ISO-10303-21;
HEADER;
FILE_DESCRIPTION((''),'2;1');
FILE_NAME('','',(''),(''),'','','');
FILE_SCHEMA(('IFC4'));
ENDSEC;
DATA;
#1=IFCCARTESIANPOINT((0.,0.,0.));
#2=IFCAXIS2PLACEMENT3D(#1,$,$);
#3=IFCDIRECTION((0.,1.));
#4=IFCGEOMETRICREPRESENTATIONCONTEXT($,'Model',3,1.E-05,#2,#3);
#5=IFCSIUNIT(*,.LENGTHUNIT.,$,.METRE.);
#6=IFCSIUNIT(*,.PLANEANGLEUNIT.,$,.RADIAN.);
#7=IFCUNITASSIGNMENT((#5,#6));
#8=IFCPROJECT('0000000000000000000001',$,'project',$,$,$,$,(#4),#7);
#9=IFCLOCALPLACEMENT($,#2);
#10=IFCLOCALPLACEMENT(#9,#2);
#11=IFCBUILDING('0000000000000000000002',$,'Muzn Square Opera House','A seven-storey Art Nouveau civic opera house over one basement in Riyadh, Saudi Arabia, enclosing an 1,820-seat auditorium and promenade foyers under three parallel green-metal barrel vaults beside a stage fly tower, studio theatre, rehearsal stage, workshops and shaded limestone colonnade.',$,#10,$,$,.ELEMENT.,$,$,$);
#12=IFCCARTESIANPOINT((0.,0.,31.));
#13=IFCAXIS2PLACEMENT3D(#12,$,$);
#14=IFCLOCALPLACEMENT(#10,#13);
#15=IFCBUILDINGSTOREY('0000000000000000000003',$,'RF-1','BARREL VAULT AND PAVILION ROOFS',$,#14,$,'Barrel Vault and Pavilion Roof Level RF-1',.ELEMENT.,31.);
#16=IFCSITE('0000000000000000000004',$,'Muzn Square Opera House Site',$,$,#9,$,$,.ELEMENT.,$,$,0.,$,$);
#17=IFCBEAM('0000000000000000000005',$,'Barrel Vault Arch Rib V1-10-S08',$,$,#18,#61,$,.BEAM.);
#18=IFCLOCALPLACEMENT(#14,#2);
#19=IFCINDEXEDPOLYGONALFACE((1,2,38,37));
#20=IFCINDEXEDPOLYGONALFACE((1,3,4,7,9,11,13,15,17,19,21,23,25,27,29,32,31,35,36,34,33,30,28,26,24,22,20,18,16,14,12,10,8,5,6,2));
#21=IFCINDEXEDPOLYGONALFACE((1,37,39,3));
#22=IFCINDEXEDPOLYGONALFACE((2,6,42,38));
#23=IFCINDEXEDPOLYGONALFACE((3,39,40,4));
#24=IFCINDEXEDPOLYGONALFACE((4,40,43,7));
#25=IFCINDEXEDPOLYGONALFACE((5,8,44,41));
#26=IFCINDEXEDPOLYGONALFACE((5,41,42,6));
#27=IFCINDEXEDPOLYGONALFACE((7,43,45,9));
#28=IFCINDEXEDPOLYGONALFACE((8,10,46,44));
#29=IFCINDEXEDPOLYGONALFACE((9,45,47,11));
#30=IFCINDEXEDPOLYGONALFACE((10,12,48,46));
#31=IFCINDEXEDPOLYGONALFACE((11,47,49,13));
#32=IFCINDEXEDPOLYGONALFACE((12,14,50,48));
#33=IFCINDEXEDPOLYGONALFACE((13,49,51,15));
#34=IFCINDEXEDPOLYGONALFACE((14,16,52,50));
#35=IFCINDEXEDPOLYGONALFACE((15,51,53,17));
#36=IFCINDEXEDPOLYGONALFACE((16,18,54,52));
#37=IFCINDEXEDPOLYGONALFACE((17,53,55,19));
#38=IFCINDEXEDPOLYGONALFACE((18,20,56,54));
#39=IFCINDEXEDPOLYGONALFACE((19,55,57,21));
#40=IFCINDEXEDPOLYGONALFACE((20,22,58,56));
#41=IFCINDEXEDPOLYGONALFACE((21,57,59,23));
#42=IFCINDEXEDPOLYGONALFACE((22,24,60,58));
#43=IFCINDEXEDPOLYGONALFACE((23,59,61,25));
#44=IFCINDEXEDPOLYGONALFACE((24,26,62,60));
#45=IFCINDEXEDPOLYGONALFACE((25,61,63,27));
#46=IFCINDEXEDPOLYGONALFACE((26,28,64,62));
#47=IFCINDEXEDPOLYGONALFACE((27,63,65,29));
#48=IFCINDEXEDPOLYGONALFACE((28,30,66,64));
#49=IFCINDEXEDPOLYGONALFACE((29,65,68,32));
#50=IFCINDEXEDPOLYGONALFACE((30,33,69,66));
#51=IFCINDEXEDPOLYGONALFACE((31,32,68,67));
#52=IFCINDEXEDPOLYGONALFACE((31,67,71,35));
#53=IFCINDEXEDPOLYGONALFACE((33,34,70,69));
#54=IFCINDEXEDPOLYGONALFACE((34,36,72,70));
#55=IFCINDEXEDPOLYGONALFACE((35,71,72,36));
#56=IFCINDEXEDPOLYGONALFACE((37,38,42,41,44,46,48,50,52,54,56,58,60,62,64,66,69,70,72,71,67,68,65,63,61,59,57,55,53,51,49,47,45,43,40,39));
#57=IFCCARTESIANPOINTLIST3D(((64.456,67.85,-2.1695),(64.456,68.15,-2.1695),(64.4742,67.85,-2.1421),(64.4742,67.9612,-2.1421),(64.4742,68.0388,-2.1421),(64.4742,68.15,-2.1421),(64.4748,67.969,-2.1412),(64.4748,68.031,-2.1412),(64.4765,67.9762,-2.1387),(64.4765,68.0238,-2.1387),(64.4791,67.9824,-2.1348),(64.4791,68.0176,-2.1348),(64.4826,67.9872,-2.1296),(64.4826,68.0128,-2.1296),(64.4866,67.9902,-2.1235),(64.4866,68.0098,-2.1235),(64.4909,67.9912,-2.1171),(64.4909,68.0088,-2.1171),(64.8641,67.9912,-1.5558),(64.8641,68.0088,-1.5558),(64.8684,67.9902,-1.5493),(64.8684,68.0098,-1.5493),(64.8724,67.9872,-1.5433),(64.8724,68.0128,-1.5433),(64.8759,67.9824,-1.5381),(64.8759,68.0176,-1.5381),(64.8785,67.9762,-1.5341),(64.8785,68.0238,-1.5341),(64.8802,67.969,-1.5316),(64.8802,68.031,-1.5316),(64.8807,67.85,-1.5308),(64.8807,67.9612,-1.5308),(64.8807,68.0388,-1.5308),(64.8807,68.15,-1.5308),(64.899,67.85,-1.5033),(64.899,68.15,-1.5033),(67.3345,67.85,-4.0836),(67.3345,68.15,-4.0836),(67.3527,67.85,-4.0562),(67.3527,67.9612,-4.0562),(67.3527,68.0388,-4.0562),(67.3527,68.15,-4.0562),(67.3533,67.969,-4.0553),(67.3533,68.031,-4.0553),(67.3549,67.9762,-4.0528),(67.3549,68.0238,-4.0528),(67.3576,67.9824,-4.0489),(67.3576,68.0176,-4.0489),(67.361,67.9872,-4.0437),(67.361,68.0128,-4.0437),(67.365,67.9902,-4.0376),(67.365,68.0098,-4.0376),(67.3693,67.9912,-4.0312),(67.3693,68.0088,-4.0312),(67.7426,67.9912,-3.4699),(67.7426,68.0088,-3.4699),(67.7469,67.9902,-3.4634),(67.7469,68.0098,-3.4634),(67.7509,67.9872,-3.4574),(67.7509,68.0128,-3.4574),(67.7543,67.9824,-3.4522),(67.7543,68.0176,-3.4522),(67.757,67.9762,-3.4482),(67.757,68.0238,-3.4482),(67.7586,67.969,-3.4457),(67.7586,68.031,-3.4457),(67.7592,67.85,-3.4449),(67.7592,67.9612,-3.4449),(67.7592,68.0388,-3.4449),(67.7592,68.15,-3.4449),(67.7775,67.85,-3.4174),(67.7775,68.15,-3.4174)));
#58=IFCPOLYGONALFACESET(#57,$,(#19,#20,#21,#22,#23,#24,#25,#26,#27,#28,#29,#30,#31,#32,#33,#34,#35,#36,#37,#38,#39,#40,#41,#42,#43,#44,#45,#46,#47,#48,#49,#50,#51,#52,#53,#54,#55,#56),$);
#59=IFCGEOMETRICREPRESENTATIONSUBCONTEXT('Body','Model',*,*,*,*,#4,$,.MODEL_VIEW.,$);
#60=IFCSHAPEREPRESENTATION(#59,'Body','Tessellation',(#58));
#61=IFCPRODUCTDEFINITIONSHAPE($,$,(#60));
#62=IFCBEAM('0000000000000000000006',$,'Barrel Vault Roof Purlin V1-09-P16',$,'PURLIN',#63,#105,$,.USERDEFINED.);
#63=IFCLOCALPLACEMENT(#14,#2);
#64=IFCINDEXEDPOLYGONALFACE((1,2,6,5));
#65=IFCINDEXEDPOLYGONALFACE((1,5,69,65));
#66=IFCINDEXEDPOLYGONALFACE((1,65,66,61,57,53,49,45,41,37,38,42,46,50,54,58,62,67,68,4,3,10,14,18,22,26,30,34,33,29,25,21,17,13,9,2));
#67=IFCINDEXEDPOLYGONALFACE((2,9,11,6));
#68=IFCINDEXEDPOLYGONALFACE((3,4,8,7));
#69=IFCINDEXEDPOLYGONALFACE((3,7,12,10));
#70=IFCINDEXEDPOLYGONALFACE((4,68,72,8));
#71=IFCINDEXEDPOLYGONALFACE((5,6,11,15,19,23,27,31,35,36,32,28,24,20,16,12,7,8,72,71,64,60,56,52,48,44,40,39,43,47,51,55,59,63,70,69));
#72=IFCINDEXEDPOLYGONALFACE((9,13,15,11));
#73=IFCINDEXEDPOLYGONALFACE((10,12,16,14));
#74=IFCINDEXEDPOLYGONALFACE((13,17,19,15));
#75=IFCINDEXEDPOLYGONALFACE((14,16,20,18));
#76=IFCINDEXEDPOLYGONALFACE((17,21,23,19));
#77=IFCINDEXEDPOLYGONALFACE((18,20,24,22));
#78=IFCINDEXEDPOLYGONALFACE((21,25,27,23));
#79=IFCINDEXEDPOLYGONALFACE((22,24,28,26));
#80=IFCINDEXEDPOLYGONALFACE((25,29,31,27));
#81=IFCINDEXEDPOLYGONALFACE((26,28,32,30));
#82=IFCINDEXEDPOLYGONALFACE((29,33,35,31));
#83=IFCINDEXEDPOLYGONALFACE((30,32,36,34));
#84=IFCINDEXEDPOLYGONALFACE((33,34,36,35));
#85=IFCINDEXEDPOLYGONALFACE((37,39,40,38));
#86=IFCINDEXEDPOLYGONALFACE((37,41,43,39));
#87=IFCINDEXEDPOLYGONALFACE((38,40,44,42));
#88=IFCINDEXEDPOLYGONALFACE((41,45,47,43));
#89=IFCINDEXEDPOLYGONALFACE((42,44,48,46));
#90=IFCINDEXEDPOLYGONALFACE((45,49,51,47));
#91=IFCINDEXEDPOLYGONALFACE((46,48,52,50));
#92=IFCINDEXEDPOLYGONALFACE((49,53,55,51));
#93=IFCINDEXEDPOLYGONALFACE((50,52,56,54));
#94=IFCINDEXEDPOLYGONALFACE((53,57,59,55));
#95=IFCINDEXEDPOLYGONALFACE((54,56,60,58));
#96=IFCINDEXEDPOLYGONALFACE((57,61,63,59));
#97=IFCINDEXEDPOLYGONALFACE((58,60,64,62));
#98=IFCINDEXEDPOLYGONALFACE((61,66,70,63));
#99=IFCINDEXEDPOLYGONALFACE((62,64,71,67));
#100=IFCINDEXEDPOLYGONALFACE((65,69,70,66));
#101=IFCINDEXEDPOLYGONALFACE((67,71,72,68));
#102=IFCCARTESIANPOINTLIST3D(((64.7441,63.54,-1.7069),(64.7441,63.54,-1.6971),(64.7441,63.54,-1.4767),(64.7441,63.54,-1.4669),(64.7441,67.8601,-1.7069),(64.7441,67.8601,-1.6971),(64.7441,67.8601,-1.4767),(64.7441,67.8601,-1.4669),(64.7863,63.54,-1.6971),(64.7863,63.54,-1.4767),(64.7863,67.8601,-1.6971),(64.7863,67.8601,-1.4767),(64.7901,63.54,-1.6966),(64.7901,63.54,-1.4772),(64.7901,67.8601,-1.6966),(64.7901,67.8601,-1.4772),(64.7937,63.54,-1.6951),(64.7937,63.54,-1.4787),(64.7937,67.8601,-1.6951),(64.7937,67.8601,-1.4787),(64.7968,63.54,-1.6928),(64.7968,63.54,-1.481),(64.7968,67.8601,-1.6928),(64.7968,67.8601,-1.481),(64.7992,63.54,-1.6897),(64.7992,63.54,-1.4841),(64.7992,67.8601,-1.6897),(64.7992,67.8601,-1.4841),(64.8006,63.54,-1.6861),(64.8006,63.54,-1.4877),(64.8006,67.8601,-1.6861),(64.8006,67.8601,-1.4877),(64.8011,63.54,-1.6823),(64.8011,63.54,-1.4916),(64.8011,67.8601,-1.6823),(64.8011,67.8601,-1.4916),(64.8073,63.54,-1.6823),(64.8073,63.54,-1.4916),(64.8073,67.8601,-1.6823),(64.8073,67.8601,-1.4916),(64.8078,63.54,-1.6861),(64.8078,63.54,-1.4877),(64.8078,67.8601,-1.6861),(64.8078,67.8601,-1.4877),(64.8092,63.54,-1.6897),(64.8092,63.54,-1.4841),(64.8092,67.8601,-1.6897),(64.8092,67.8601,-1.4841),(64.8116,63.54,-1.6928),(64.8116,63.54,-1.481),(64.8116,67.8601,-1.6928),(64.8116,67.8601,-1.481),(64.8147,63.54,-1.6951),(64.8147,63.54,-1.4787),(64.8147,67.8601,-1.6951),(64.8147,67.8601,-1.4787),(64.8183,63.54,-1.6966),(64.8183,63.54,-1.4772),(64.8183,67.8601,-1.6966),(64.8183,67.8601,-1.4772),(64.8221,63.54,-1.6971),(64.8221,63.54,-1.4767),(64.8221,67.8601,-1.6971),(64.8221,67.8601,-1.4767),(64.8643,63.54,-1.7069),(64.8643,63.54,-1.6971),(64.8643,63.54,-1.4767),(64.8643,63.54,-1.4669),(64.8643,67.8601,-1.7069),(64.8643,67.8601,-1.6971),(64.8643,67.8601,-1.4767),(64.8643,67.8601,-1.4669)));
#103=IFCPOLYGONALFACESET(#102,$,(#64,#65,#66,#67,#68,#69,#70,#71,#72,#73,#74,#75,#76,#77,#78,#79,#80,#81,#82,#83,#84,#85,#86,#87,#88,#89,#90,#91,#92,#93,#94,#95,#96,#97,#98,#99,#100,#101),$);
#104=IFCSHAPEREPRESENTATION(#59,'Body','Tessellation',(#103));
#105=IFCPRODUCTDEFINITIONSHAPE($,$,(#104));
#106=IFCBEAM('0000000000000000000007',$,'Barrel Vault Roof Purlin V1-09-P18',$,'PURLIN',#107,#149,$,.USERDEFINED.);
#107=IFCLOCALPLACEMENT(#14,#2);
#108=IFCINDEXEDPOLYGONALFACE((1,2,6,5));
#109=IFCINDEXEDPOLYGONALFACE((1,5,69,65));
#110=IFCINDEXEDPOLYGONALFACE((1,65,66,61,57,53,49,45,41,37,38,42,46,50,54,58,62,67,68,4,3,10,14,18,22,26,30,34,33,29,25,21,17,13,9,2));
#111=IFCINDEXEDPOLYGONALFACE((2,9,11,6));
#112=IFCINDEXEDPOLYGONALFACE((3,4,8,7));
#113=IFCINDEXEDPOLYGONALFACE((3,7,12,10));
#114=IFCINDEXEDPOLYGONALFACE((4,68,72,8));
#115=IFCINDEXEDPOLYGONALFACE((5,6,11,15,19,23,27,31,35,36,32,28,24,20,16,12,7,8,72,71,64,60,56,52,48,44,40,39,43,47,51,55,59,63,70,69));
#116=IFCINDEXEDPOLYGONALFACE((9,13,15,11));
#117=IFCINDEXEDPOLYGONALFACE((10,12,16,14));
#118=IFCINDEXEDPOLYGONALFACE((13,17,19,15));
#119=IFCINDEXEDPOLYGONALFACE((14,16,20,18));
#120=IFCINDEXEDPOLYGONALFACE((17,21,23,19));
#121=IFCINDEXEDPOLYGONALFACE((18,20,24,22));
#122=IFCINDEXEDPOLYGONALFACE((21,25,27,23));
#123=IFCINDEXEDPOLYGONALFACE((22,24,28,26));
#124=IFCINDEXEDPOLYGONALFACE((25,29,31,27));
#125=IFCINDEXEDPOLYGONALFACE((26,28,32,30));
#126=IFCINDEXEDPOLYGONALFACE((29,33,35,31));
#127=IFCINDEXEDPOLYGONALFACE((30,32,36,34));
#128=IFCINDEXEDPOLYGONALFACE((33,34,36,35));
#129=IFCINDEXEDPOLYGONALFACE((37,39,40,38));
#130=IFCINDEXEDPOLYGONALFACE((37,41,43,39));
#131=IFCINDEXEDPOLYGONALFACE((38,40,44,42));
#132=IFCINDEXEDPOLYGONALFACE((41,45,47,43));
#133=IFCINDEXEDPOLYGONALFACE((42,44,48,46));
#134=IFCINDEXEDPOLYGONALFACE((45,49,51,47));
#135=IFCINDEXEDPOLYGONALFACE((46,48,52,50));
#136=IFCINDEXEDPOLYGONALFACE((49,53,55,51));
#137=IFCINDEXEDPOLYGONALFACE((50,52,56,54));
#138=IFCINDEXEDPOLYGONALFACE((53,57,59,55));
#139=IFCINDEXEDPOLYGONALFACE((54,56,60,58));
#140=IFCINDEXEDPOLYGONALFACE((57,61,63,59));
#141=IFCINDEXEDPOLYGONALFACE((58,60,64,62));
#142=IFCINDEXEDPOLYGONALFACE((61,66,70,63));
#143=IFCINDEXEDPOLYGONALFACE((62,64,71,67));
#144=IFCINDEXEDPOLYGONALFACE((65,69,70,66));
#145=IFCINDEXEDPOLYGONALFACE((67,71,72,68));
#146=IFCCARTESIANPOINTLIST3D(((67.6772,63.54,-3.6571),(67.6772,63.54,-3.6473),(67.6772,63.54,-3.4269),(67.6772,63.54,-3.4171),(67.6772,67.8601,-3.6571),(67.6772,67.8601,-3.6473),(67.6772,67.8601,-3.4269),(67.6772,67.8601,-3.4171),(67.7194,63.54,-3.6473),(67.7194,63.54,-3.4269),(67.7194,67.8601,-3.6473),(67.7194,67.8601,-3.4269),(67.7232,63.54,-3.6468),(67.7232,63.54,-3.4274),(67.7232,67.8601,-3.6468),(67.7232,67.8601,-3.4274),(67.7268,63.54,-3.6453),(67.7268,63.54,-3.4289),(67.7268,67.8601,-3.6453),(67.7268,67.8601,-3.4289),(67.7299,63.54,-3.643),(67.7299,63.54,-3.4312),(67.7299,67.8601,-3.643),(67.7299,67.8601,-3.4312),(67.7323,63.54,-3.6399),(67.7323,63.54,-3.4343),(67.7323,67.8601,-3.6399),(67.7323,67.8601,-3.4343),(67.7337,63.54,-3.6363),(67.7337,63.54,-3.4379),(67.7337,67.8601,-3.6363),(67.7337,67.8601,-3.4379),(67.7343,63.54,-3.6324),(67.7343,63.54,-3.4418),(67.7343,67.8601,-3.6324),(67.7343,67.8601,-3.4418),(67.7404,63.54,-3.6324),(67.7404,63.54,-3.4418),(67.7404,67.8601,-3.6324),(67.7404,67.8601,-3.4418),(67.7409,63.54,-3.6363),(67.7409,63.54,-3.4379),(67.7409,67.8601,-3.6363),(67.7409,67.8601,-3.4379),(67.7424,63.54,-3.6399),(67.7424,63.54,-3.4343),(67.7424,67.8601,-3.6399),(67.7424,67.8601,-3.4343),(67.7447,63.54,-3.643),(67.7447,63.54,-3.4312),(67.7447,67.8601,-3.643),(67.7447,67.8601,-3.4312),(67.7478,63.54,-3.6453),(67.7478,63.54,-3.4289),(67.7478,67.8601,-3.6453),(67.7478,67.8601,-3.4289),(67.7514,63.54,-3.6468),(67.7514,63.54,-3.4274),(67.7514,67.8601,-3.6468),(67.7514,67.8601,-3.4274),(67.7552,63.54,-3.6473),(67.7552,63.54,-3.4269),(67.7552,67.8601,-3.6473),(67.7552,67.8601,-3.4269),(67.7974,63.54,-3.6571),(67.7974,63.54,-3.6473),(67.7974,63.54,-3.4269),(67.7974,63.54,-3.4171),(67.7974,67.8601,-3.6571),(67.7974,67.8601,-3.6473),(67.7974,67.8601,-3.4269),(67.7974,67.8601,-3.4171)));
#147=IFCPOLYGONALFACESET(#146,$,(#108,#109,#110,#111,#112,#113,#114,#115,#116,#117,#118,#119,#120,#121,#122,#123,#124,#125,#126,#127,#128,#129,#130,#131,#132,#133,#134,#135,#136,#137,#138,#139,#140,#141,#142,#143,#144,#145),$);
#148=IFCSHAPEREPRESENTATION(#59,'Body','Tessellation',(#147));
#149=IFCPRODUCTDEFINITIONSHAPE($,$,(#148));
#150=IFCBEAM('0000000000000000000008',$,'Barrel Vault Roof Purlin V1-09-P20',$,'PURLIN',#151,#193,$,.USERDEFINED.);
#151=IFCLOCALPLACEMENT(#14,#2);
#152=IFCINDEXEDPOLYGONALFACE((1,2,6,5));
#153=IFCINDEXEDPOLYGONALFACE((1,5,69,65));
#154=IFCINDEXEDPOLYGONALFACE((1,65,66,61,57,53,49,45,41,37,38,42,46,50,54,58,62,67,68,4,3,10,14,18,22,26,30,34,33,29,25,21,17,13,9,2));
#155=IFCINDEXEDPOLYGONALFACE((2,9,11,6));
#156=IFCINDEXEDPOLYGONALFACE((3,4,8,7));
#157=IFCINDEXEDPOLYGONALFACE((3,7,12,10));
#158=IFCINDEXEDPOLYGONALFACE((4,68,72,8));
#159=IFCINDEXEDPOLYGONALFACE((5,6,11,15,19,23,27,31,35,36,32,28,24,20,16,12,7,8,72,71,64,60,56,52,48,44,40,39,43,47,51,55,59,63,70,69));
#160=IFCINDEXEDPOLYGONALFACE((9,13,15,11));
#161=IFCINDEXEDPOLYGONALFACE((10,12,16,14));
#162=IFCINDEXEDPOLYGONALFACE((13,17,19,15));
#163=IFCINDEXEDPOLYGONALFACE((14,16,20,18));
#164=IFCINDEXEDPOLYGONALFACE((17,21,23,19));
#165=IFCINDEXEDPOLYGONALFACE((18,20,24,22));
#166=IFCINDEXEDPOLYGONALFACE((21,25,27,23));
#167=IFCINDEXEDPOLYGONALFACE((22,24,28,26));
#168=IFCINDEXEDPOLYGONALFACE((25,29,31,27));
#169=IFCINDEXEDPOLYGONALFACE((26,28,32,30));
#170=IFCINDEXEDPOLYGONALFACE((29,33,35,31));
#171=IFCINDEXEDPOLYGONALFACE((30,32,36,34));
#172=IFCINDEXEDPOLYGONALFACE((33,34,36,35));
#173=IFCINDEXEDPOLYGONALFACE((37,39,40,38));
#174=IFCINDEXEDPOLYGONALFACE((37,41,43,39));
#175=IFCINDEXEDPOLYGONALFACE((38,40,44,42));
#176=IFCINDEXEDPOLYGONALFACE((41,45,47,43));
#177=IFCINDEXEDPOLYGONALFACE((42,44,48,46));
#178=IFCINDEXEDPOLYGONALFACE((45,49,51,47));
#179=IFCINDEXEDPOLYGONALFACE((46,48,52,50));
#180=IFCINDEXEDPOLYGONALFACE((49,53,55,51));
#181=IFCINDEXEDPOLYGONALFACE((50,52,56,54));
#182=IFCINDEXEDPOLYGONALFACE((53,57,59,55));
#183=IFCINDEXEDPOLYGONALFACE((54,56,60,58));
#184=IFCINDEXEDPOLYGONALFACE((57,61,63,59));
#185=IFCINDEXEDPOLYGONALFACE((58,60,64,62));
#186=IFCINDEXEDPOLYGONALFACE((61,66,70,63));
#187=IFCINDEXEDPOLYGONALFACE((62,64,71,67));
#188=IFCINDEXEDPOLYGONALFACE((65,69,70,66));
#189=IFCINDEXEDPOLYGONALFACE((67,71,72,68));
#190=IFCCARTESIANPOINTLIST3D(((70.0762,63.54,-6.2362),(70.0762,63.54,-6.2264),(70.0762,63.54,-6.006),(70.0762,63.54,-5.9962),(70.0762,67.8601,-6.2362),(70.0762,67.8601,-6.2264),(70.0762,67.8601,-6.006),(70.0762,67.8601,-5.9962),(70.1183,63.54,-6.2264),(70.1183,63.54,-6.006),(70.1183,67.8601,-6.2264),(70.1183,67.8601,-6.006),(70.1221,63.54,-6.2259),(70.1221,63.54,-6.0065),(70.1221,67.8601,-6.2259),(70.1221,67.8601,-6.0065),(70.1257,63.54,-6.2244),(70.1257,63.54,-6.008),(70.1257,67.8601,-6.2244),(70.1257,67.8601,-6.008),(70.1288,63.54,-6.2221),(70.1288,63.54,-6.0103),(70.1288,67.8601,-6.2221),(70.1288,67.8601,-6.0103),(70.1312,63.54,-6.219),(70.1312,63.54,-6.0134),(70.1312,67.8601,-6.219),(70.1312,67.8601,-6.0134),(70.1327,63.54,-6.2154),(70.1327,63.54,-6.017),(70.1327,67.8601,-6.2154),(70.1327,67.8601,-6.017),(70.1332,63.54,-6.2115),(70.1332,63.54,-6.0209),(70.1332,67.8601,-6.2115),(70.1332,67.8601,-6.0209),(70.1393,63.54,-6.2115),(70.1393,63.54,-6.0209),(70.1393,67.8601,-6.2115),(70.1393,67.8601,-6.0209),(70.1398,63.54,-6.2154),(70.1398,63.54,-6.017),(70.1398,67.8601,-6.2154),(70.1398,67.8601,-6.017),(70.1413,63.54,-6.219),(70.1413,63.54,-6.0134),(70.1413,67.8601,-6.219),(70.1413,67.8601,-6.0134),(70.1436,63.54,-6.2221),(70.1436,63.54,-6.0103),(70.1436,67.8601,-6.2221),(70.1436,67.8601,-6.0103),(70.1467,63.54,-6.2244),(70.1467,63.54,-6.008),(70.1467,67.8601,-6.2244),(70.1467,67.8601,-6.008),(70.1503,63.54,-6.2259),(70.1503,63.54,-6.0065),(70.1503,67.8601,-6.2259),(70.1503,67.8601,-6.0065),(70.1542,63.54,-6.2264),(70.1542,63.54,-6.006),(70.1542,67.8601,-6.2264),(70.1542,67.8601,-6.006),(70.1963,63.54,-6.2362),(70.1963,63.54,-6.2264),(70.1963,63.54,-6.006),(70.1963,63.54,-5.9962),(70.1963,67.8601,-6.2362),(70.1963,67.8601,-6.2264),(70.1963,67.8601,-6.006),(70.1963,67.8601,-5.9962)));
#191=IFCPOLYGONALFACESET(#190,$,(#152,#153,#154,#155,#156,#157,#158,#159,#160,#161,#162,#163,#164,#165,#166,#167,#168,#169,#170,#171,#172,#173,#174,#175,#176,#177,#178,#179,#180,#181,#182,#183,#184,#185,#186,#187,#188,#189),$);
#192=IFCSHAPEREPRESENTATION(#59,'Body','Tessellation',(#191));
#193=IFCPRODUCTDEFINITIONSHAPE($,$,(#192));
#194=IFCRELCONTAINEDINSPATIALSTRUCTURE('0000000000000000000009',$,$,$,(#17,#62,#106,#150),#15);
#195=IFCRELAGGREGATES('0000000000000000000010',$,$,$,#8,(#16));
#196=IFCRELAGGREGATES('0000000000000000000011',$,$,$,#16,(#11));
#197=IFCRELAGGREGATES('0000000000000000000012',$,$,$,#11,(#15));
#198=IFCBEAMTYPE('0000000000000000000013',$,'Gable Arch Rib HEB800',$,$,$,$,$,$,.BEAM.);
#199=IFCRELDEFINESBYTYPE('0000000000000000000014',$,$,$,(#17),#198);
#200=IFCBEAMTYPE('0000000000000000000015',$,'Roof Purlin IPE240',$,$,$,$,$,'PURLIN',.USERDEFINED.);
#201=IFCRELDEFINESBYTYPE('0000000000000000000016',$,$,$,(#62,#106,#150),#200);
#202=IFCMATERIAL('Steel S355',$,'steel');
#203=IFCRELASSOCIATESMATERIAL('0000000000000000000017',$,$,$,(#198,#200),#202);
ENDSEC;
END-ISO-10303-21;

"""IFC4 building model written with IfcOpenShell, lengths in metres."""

from ifc_helpers import new_model, si_unit, direction, frame, origin, origin_2d, place, context, subcontext, project, spatial, i_section, extrude, material, material_profile, profile_set, type_object, element, save


model = new_model("IFC4")

# Units and contexts
model_context = context("Model", 3, precision=1e-05, world=origin(), true_north=direction((0.0, 1.0)))
body_context = subcontext(model_context, "Body", "Model", "MODEL_VIEW")
ifc_project = project(units=[si_unit("LENGTHUNIT", "METRE"), si_unit("PLANEANGLEUNIT", "RADIAN")], contexts=[model_context])

# Site, building, storey
site_placement = place(None, origin())
site = spatial("IfcSite", under=ifc_project, at=site_placement, Name="Muzn Square Opera House Site", CompositionType="ELEMENT", RefElevation=0.0)
building_placement = place(site_placement, origin())
building = spatial("IfcBuilding", under=site, at=building_placement, Name="Muzn Square Opera House", Description="A seven-storey Art Nouveau civic opera house over one basement in Riyadh, Saudi Arabia, enclosing an 1,820-seat auditorium and promenade foyers under three parallel green-metal barrel vaults beside a stage fly tower, studio theatre, rehearsal stage, workshops and shaded limestone colonnade.", CompositionType="ELEMENT")
storey_placement = place(building_placement, frame((0.0, 0.0, 31.0)))
storey = spatial("IfcBuildingStorey", under=building, at=storey_placement, Name="RF-1", Description="BARREL VAULT AND PAVILION ROOFS", LongName="Barrel Vault and Pavilion Roof Level RF-1", CompositionType="ELEMENT", Elevation=31.0)

# Beams
ifc_material_1 = material(Name="Steel S355", Category="steel")
ifc_material_profile_1 = material_profile(ifc_material_1, i_section(OverallWidth=0.3, OverallDepth=0.8, WebThickness=0.0176, FlangeThickness=0.033, FilletRadius=0.03, at=origin_2d()), Name="HEB 800", Category="steel")
ifc_profile_set_1 = profile_set([ifc_material_profile_1], Name="Steel S355")
beam_type_1 = type_object("IfcBeamType", Name="Gable Arch Rib HEB800", PredefinedType="BEAM", material=ifc_profile_set_1)
for number, where, z_axis, x_axis, name in (
    (1, (64.6775, 68.0, -1.8364), (0.832702, 0.0, -0.553722), (0.0, 1.0, 0.0), "Barrel Vault Arch Rib V1-10-S08"),
):
    element("IfcBeam", number, at=place(storey_placement, frame(where, z_axis=z_axis, x_axis=x_axis)), inside=storey, type_object=beam_type_1, Name=name, PredefinedType="BEAM", context=body_context, shape_type="SweptSolid", body=[
        extrude(i_section(OverallWidth=0.3, OverallDepth=0.8, WebThickness=0.0176, FlangeThickness=0.033, FilletRadius=0.03, at=origin_2d()), origin(), (0.0, 0.0, 1.0), 3.4568),
    ])
ifc_material_profile_2 = material_profile(ifc_material_1, i_section(OverallWidth=0.1201, OverallDepth=0.24, WebThickness=0.0061, FlangeThickness=0.0098, FilletRadius=0.0149, at=origin_2d()), Name="IPE 240", Category="steel")
ifc_profile_set_2 = profile_set([ifc_material_profile_2], Name="Steel S355")
beam_type_2 = type_object("IfcBeamType", Name="Roof Purlin IPE240", ElementType="PURLIN", PredefinedType="USERDEFINED", material=ifc_profile_set_2)
for number, where, z_axis, x_axis, name in (
    (2, (64.8042, 63.54, -1.5869), (0.0, 1.0, 0.0), (-1.0, 0.0, 0.0), "Barrel Vault Roof Purlin V1-09-P16"),
    (3, (67.7373, 63.54, -3.5371), (0.0, 1.0, 0.0), (-1.0, 0.0, 0.0), "Barrel Vault Roof Purlin V1-09-P18"),
    (4, (70.1362, 63.54, -6.1162), (0.0, 1.0, 0.0), (-1.0, 0.0, 0.0), "Barrel Vault Roof Purlin V1-09-P20"),
):
    element("IfcBeam", number, at=place(storey_placement, frame(where, z_axis=z_axis, x_axis=x_axis)), inside=storey, type_object=beam_type_2, Name=name, ObjectType="PURLIN", PredefinedType="USERDEFINED", context=body_context, shape_type="SweptSolid", body=[
        extrude(i_section(OverallWidth=0.1201, OverallDepth=0.24, WebThickness=0.0061, FlangeThickness=0.0098, FilletRadius=0.0149, at=origin_2d()), origin(), (0.0, 0.0, 1.0), 4.3201),
    ])

save(model, "model.ifc")
